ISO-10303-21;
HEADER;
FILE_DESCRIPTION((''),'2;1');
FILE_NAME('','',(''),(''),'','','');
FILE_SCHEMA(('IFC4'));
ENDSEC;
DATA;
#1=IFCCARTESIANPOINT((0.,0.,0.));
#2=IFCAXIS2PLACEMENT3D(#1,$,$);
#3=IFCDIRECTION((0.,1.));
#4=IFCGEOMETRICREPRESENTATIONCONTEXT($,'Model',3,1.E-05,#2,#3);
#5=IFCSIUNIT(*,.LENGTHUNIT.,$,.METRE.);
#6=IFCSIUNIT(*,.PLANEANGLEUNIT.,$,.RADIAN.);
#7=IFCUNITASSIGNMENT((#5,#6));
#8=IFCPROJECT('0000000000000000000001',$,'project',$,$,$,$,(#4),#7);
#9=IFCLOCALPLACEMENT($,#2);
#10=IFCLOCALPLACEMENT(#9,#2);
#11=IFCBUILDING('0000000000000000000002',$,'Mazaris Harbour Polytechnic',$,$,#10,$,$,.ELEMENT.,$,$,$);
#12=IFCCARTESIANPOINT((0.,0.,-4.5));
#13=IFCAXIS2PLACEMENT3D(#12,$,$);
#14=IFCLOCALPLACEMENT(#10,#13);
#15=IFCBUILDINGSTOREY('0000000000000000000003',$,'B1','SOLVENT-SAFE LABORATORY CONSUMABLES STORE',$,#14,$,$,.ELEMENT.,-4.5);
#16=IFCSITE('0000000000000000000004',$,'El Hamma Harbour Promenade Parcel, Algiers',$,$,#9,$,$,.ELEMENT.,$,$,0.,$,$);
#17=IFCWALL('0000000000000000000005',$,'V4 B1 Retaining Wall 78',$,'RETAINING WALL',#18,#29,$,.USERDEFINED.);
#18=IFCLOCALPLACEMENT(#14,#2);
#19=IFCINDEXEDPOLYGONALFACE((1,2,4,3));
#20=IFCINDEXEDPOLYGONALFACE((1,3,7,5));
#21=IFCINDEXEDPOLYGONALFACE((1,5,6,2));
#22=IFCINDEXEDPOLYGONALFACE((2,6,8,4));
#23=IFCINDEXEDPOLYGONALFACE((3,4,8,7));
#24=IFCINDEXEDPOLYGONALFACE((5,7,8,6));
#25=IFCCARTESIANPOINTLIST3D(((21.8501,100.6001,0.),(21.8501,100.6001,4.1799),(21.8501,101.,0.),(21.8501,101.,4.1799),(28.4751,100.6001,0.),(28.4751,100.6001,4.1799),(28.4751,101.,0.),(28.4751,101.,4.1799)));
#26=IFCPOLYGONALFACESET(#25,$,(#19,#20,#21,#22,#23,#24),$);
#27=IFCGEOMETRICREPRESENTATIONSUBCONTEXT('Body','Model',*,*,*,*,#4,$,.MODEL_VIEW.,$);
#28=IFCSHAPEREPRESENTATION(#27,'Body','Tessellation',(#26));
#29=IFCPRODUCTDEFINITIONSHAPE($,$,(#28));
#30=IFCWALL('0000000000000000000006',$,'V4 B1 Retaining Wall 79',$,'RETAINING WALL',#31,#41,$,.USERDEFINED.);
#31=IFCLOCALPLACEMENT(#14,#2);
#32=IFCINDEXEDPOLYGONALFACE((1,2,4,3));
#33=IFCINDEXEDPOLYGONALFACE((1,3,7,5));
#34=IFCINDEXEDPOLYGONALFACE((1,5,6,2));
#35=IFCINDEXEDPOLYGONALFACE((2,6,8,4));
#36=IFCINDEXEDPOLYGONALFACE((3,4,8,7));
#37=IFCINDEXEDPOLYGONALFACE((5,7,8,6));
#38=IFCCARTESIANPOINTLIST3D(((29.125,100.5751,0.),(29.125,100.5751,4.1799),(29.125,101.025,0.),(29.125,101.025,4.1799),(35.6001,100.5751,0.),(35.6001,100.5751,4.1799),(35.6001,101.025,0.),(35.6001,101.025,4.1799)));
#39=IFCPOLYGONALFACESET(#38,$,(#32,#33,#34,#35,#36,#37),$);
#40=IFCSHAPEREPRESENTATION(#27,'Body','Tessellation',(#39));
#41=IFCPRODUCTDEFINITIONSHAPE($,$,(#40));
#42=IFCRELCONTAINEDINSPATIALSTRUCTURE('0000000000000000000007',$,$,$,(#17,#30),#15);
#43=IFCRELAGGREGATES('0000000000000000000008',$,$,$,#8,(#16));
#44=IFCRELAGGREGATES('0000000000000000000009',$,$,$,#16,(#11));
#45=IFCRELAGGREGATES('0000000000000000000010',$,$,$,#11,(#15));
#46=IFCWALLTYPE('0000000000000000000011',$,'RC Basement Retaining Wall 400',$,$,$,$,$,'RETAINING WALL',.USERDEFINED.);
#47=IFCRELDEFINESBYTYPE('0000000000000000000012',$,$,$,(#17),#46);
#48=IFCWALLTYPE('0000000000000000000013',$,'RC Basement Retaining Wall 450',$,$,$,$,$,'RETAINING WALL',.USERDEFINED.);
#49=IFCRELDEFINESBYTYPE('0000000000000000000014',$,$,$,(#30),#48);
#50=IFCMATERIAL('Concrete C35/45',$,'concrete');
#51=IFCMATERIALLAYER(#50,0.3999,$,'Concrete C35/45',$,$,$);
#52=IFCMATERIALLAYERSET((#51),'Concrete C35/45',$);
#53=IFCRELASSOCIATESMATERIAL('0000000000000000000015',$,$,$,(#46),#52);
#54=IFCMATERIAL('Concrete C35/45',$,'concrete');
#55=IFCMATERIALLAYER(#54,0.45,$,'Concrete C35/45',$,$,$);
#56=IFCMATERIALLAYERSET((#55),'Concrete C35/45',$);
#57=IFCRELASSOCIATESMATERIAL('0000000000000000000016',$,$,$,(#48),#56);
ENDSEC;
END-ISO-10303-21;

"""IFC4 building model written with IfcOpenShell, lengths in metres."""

from ifc_helpers import new_model, si_unit, direction, frame, frame_2d, origin, place, context, subcontext, project, spatial, rectangle, extrude, material, layer, layer_set, type_object, element, save


model = new_model("IFC4")

# Units and contexts
model_context = context("Model", 3, precision=1e-05, world=origin(), true_north=direction((0.0, 1.0)))
body_context = subcontext(model_context, "Body", "Model", "MODEL_VIEW")
ifc_project = project(units=[si_unit("LENGTHUNIT", "METRE"), si_unit("PLANEANGLEUNIT", "RADIAN")], contexts=[model_context])

# Site, building, storey
site_placement = place(None, origin())
site = spatial("IfcSite", under=ifc_project, at=site_placement, Name="El Hamma Harbour Promenade Parcel, Algiers", CompositionType="ELEMENT", RefElevation=0.0)
building_placement = place(site_placement, origin())
building = spatial("IfcBuilding", under=site, at=building_placement, Name="Mazaris Harbour Polytechnic", CompositionType="ELEMENT")
storey_placement = place(building_placement, frame((0.0, 0.0, -4.5)))
storey = spatial("IfcBuildingStorey", under=building, at=storey_placement, Name="B1", Description="SOLVENT-SAFE LABORATORY CONSUMABLES STORE", CompositionType="ELEMENT", Elevation=-4.5)

# Walls
ifc_material_1 = material(Name="Concrete C35/45", Category="concrete")
ifc_layer_1 = layer(ifc_material_1, 0.3999, Name="Concrete C35/45")
ifc_layer_set_1 = layer_set([ifc_layer_1], Name="Concrete C35/45")
wall_type_1 = type_object("IfcWallType", Name="RC Basement Retaining Wall 400", ElementType="RETAINING WALL", PredefinedType="USERDEFINED", material=ifc_layer_set_1)
wall_1_placement = place(storey_placement, frame((21.8501, 100.8, 0.0), z_axis=(0.0, 0.0, 1.0), x_axis=(1.0, 0.0, 0.0)))
element("IfcWall", 1, at=wall_1_placement, inside=storey, type_object=wall_type_1, Name="V4 B1 Retaining Wall 78", ObjectType="RETAINING WALL", PredefinedType="USERDEFINED", context=body_context, shape_type="SweptSolid", body=[
    extrude(rectangle(XDim=6.625, YDim=0.3999, at=frame_2d((3.3125, 0.0))), origin(), (0.0, 0.0, 1.0), 4.1799),
])
ifc_material_2 = material(Name="Concrete C35/45", Category="concrete")
ifc_layer_2 = layer(ifc_material_2, 0.45, Name="Concrete C35/45")
ifc_layer_set_2 = layer_set([ifc_layer_2], Name="Concrete C35/45")
wall_type_2 = type_object("IfcWallType", Name="RC Basement Retaining Wall 450", ElementType="RETAINING WALL", PredefinedType="USERDEFINED", material=ifc_layer_set_2)
wall_2_placement = place(storey_placement, frame((29.125, 100.8, 0.0), z_axis=(0.0, 0.0, 1.0), x_axis=(1.0, 0.0, 0.0)))
element("IfcWall", 2, at=wall_2_placement, inside=storey, type_object=wall_type_2, Name="V4 B1 Retaining Wall 79", ObjectType="RETAINING WALL", PredefinedType="USERDEFINED", context=body_context, shape_type="SweptSolid", body=[
    extrude(rectangle(XDim=6.4751, YDim=0.45, at=frame_2d((3.2375, 0.0))), origin(), (0.0, 0.0, 1.0), 4.1799),
])

save(model, "model.ifc")
